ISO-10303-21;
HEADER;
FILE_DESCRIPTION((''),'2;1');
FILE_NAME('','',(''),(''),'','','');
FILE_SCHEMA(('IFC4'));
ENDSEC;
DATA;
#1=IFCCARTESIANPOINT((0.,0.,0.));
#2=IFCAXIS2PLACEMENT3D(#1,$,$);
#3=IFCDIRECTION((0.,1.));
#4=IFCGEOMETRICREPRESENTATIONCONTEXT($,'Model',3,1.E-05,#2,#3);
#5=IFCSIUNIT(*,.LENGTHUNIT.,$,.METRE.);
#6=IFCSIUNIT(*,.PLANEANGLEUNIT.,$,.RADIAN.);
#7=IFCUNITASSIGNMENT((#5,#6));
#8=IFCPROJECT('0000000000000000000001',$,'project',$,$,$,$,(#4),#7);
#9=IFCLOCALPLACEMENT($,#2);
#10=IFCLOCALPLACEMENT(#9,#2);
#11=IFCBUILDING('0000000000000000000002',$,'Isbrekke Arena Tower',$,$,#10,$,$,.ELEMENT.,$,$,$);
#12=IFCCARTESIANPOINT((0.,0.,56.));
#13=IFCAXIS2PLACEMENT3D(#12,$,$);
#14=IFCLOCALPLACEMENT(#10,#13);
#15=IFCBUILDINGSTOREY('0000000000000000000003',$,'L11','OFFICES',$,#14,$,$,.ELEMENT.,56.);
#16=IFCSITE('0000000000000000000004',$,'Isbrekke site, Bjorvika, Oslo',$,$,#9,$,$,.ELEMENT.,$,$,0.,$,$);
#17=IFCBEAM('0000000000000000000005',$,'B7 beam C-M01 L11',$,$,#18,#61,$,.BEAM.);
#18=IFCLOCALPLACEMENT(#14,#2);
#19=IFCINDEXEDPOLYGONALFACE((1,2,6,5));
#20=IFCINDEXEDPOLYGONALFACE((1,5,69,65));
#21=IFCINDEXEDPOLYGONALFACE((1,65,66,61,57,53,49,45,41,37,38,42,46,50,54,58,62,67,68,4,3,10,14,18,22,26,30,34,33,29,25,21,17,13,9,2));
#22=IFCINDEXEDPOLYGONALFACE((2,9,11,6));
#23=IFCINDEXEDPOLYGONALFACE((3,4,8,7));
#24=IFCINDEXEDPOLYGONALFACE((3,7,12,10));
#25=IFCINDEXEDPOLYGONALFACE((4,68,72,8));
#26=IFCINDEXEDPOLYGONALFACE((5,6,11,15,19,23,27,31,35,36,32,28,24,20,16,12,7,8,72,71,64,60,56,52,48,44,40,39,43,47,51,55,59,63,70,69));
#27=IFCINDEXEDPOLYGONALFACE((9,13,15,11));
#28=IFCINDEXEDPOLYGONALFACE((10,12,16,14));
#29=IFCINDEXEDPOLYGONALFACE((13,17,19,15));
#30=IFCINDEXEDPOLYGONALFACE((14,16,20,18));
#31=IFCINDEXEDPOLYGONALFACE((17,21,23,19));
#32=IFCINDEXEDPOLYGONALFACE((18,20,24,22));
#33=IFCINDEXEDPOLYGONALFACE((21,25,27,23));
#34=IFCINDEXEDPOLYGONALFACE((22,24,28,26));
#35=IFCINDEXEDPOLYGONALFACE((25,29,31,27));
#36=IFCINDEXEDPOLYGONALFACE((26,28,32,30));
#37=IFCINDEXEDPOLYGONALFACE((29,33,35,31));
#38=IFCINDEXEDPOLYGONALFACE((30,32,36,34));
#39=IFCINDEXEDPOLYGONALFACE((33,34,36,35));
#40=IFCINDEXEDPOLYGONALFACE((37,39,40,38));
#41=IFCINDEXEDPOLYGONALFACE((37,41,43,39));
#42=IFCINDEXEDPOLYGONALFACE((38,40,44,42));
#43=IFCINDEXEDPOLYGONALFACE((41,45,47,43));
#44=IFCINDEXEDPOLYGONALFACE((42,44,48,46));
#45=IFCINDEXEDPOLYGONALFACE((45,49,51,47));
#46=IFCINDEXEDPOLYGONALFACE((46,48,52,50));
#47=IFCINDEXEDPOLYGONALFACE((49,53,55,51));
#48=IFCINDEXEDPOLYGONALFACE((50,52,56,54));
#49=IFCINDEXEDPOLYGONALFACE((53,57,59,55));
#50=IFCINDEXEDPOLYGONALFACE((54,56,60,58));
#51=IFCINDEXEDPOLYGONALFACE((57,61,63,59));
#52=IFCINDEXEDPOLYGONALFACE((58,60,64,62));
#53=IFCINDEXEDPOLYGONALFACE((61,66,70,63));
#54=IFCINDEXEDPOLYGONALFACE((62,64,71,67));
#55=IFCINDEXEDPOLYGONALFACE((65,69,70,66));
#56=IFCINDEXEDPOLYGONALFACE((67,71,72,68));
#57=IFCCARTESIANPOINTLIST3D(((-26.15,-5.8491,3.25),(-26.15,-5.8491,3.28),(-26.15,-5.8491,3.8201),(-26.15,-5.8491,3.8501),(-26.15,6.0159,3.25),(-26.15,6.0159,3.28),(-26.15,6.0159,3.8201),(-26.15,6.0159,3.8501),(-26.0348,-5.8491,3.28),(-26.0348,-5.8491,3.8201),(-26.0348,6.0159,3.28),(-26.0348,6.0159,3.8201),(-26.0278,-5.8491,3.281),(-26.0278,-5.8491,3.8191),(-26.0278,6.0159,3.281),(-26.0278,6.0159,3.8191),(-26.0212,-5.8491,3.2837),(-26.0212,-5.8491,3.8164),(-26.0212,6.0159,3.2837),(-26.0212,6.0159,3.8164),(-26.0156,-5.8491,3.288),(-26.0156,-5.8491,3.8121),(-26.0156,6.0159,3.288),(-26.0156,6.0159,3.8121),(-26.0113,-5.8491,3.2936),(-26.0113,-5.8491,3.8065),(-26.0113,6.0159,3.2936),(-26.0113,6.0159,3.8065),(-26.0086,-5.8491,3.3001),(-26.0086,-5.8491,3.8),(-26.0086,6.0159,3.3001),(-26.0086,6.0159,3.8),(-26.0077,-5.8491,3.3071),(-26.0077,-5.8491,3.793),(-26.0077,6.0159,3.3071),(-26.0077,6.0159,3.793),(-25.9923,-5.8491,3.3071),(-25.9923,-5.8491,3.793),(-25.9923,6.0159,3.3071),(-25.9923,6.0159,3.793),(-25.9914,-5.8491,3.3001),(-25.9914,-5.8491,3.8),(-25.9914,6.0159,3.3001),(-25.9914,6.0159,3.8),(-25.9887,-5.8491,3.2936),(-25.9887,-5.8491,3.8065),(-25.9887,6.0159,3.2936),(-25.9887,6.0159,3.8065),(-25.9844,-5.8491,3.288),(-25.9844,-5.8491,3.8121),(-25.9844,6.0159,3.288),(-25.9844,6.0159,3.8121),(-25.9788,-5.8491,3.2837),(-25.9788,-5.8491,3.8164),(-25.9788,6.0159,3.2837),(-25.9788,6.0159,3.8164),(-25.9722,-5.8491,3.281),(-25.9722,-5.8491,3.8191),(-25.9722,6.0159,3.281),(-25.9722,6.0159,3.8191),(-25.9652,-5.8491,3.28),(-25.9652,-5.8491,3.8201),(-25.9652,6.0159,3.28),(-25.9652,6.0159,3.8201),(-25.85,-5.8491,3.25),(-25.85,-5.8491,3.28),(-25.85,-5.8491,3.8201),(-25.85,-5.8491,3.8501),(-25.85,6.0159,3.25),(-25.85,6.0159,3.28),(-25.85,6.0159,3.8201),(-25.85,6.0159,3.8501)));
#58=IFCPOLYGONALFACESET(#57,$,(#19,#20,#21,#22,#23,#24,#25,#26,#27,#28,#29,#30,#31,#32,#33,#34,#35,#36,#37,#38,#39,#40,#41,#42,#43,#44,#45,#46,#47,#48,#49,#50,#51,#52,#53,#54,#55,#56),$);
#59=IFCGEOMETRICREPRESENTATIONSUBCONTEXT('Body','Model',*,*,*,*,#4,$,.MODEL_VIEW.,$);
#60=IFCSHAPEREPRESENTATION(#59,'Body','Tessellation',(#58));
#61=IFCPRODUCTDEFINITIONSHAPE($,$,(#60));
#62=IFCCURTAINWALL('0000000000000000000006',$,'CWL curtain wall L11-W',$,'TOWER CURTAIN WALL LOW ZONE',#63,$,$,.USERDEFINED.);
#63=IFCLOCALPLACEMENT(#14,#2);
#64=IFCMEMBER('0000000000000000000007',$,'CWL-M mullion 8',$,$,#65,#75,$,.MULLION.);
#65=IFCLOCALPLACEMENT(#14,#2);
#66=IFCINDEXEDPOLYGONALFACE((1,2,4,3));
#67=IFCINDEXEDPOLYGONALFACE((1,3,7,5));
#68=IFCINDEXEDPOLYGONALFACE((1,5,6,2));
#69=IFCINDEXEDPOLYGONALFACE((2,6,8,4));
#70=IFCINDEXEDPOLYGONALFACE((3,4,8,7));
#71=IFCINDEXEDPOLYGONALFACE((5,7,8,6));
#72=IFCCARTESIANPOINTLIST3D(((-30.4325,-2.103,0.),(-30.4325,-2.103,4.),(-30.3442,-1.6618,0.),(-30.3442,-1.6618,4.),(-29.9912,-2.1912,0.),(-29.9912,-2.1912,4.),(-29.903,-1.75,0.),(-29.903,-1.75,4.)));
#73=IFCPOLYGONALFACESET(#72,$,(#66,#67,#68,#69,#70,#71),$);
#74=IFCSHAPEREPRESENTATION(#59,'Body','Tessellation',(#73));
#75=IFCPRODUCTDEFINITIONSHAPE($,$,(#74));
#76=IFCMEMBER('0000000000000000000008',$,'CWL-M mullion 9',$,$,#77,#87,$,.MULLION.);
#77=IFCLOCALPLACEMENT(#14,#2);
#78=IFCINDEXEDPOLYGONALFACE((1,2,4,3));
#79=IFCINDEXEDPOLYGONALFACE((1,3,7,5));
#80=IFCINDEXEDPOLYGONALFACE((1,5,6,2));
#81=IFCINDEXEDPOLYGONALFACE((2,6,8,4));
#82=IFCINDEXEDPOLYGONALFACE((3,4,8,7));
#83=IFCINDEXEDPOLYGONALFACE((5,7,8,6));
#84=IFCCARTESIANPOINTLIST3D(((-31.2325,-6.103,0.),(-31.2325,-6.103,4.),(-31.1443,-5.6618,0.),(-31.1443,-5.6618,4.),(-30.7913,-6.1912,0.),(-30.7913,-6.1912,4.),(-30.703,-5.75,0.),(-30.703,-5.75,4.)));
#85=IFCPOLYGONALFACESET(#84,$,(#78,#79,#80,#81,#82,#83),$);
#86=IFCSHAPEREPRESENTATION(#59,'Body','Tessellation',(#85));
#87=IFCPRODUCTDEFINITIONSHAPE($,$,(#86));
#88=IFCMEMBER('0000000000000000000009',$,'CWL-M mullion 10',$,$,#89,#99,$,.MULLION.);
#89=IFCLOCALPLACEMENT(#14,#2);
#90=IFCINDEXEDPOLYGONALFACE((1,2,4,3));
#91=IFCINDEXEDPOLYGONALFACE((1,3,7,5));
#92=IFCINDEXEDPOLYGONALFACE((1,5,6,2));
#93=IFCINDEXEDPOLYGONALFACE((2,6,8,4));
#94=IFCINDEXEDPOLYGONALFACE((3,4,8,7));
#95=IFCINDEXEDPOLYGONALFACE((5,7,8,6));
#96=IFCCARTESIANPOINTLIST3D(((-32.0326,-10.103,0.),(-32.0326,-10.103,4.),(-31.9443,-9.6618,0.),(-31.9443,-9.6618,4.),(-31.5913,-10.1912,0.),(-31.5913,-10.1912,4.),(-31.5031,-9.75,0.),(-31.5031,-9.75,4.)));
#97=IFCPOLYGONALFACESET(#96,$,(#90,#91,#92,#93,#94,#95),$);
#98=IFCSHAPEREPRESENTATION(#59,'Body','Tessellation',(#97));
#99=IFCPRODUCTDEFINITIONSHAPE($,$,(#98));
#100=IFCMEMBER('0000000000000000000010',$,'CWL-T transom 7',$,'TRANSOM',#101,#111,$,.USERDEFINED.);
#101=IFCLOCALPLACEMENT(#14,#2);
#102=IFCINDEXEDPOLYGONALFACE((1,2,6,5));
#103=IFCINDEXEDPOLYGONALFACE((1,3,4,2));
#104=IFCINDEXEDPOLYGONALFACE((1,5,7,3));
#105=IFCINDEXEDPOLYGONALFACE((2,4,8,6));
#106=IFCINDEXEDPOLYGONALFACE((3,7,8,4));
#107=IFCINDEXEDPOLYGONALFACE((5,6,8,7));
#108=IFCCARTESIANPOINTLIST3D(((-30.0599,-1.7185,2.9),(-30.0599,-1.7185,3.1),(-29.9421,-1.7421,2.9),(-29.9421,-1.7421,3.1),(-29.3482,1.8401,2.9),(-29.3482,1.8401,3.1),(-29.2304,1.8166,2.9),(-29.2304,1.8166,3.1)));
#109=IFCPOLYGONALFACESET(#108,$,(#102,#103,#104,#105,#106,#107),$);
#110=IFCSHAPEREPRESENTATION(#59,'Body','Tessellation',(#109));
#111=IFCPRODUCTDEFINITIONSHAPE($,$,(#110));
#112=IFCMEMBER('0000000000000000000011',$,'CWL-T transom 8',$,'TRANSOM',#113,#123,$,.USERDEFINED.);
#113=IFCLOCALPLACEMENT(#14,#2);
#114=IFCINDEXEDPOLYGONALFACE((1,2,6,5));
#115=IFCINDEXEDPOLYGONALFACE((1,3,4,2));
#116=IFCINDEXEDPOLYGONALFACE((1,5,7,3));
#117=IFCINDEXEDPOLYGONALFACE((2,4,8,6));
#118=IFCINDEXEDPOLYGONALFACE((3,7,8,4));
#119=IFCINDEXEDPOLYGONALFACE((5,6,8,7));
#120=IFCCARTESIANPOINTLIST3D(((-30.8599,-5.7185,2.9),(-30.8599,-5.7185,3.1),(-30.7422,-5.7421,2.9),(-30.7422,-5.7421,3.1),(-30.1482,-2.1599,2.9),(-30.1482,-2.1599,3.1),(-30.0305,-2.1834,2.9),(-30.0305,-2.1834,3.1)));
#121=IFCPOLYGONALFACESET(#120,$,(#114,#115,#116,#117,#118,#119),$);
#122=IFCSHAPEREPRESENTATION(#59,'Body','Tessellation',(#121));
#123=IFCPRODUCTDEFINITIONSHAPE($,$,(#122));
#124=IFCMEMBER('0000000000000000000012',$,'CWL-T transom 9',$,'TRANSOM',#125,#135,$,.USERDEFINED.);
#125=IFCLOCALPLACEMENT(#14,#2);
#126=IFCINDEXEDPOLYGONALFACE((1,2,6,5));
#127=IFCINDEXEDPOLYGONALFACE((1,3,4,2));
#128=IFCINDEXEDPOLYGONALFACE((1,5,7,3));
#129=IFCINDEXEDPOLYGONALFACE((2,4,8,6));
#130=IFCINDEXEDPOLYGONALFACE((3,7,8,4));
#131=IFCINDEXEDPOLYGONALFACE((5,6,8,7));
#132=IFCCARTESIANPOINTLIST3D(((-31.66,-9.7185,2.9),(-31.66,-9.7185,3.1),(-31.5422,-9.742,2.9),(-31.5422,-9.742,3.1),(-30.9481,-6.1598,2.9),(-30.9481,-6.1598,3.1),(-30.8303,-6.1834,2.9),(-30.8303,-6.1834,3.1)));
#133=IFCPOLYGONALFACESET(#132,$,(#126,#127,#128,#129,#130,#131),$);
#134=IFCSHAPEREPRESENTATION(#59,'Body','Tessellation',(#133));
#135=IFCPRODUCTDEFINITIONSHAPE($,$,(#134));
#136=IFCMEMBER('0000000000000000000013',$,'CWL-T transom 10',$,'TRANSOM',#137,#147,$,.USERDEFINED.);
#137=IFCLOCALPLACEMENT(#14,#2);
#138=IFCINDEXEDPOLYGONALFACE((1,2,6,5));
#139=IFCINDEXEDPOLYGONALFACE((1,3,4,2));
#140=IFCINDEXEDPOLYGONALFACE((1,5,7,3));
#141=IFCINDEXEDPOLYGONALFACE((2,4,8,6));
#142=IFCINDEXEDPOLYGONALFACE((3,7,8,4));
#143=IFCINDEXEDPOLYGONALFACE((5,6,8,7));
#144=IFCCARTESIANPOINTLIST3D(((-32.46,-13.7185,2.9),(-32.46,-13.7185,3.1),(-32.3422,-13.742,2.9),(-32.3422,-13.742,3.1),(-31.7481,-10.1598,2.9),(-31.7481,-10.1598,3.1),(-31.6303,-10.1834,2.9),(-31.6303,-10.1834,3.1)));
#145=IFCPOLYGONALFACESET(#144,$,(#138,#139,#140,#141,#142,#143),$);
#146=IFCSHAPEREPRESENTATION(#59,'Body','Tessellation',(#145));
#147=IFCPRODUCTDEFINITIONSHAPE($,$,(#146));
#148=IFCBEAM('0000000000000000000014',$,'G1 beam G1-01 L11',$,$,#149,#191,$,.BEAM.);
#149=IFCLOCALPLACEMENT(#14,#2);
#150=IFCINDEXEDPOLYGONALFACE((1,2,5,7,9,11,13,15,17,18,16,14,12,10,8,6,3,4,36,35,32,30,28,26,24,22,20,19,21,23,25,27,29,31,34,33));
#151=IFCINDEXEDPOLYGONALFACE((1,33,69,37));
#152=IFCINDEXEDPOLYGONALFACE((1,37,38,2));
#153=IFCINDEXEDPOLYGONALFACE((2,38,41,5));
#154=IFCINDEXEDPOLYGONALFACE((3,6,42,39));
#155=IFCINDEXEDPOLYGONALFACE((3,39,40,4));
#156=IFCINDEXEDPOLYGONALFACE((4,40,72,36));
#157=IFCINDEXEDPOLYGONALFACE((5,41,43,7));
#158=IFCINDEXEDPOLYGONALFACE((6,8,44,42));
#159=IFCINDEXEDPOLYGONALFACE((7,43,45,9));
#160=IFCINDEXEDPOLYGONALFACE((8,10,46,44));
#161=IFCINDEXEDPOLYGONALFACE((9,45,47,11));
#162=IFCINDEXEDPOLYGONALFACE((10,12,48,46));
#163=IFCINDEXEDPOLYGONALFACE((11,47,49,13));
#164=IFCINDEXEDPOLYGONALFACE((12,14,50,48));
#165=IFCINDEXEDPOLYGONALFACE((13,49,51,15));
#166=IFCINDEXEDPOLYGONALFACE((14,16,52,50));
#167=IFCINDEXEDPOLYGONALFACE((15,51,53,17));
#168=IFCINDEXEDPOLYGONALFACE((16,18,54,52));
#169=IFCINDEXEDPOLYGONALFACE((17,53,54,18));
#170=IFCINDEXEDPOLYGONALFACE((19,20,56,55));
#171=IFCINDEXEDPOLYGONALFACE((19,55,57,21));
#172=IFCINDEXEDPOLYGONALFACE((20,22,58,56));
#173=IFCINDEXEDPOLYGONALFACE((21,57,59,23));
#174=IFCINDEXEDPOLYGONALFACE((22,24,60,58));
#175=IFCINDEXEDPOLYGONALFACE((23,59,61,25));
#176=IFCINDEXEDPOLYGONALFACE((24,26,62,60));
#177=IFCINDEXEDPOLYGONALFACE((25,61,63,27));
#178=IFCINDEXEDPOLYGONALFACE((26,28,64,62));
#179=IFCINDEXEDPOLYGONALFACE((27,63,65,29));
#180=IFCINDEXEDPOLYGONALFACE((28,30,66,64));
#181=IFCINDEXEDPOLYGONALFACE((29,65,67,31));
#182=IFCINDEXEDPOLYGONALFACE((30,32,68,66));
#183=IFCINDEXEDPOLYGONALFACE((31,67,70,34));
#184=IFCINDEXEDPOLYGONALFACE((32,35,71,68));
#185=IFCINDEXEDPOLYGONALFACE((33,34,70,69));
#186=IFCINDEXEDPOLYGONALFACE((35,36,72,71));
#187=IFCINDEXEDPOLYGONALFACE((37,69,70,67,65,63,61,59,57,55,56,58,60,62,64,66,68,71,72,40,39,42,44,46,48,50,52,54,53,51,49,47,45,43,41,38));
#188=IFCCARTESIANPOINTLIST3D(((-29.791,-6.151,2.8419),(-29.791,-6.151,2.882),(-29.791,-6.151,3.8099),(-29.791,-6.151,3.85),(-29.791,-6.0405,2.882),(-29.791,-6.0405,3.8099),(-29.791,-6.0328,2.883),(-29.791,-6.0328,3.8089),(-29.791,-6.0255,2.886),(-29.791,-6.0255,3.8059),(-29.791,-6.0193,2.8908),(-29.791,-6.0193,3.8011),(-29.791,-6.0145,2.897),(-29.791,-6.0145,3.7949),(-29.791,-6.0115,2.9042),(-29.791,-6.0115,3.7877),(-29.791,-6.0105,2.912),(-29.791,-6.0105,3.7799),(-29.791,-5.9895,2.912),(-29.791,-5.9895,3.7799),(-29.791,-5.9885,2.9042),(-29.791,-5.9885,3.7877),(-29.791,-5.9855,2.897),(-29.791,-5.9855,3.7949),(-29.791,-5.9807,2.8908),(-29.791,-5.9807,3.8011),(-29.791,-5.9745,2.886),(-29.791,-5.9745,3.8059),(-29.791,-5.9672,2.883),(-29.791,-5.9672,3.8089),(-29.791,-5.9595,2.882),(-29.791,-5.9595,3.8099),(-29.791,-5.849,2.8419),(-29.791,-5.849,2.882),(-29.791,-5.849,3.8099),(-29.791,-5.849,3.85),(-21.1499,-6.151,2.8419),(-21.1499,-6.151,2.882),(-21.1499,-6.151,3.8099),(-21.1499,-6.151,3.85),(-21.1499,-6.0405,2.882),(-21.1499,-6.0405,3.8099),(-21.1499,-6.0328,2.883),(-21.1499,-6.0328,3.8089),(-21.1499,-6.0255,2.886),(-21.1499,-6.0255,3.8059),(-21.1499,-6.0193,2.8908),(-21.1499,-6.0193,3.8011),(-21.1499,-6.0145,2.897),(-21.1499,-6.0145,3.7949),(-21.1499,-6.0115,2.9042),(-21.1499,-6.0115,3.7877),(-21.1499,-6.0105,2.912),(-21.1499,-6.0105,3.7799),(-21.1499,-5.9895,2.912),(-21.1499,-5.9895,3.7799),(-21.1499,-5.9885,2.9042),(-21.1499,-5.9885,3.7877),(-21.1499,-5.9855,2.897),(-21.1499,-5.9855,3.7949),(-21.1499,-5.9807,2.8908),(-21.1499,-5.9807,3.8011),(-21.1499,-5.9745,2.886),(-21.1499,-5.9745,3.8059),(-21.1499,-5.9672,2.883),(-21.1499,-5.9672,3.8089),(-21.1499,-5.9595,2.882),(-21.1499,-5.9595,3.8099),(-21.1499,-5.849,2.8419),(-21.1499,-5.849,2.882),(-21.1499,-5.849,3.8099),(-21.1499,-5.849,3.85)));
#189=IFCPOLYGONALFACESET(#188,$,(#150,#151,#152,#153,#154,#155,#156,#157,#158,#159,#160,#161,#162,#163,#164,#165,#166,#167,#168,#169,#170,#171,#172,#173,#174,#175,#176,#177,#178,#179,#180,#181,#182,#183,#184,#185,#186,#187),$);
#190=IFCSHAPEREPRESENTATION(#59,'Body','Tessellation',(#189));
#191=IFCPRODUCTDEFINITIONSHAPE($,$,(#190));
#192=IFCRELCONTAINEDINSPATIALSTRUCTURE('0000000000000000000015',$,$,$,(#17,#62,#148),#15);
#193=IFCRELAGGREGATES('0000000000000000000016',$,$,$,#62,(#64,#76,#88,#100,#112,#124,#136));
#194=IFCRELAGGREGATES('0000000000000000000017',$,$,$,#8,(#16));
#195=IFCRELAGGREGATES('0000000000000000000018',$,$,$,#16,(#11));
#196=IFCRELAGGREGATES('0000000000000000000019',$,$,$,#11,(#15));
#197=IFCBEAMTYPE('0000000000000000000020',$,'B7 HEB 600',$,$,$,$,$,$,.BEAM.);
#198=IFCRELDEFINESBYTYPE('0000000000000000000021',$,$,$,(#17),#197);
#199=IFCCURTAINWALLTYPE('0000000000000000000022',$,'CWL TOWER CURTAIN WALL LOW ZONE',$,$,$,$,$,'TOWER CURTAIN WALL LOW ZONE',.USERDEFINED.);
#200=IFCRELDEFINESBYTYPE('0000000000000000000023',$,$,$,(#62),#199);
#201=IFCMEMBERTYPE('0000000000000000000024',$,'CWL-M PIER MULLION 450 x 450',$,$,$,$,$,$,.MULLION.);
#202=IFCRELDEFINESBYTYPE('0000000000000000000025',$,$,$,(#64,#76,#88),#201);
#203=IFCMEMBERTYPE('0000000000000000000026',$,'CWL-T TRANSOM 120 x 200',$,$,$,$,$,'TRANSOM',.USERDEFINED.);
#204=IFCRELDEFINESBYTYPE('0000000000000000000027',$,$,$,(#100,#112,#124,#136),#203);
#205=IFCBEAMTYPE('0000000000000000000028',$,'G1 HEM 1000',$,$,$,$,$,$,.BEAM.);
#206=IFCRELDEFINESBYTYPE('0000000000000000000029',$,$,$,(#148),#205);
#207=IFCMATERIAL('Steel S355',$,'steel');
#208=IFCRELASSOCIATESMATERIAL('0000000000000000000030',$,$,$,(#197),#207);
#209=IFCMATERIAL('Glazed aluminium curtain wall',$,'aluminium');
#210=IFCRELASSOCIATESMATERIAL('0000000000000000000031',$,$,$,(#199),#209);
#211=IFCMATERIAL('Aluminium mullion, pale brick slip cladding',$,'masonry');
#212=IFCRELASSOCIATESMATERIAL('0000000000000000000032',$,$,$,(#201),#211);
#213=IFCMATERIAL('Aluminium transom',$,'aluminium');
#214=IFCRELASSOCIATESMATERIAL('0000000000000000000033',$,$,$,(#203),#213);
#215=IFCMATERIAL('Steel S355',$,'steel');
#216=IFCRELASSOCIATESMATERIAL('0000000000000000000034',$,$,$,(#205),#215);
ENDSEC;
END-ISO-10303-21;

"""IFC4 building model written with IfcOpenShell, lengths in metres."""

from ifc_helpers import new_model, si_unit, direction, frame, origin, origin_2d, place, context, subcontext, project, spatial, rectangle, i_section, extrude, material, material_profile, profile_set, type_object, element, aggregate, save


model = new_model("IFC4")

# Units and contexts
model_context = context("Model", 3, precision=1e-05, world=origin(), true_north=direction((0.0, 1.0)))
body_context = subcontext(model_context, "Body", "Model", "MODEL_VIEW")
ifc_project = project(units=[si_unit("LENGTHUNIT", "METRE"), si_unit("PLANEANGLEUNIT", "RADIAN")], contexts=[model_context])

# Site, building, storey
site_placement = place(None, origin())
site = spatial("IfcSite", under=ifc_project, at=site_placement, Name="Isbrekke site, Bjorvika, Oslo", CompositionType="ELEMENT", RefElevation=0.0)
building_placement = place(site_placement, origin())
building = spatial("IfcBuilding", under=site, at=building_placement, Name="Isbrekke Arena Tower", CompositionType="ELEMENT")
storey_placement = place(building_placement, frame((0.0, 0.0, 56.0)))
storey = spatial("IfcBuildingStorey", under=building, at=storey_placement, Name="L11", Description="OFFICES", CompositionType="ELEMENT", Elevation=56.0)

# Beam
ifc_material_1 = material(Name="Steel S355", Category="steel")
ifc_material_profile_1 = material_profile(ifc_material_1, i_section(OverallWidth=0.3, OverallDepth=0.6001, WebThickness=0.0154, FlangeThickness=0.03, FilletRadius=0.0271, at=origin_2d()), Name="HEB 600")
ifc_profile_set_1 = profile_set([ifc_material_profile_1], Name="Steel S355")
beam_type_1 = type_object("IfcBeamType", Name="B7 HEB 600", PredefinedType="BEAM", material=ifc_profile_set_1)
beam_1_placement = place(storey_placement, frame((-26.0, -5.8491, 3.55), z_axis=(0.0, 1.0, 0.0), x_axis=(-1.0, 0.0, 0.0)))
element("IfcBeam", 1, at=beam_1_placement, inside=storey, type_object=beam_type_1, Name="B7 beam C-M01 L11", PredefinedType="BEAM", context=body_context, shape_type="SweptSolid", body=[
    extrude(i_section(OverallWidth=0.3, OverallDepth=0.6001, WebThickness=0.0154, FlangeThickness=0.03, FilletRadius=0.0271, at=origin_2d()), origin(), (0.0, 0.0, 1.0), 11.865),
])

# Curtain wall, members
ifc_material_2 = material(Name="Glazed aluminium curtain wall", Category="aluminium")
curtain_wall_type = type_object("IfcCurtainWallType", Name="CWL TOWER CURTAIN WALL LOW ZONE", ElementType="TOWER CURTAIN WALL LOW ZONE", PredefinedType="USERDEFINED", material=ifc_material_2)
curtain_wall_placement = place(storey_placement, origin())
curtain_wall = element("IfcCurtainWall", 2, at=curtain_wall_placement, inside=storey, type_object=curtain_wall_type, Name="CWL curtain wall L11-W", ObjectType="TOWER CURTAIN WALL LOW ZONE", PredefinedType="USERDEFINED")
ifc_material_3 = material(Name="Aluminium mullion, pale brick slip cladding", Category="masonry")
ifc_material_profile_2 = material_profile(ifc_material_3, rectangle(XDim=0.45, YDim=0.45, at=origin_2d()), Name="PIER 450X450")
ifc_profile_set_2 = profile_set([ifc_material_profile_2], Name="Aluminium mullion, pale brick slip cladding")
member_type_1 = type_object("IfcMemberType", Name="CWL-M PIER MULLION 450 x 450", PredefinedType="MULLION", material=ifc_profile_set_2)
member_1_placement = place(storey_placement, frame((-30.1677, -1.9265, 0.0), z_axis=(0.0, 0.0, 1.0), x_axis=(-0.196116, -0.980581, 0.0)))
member_1 = element("IfcMember", 3, at=member_1_placement, type_object=member_type_1, Name="CWL-M mullion 8", PredefinedType="MULLION", context=body_context, shape_type="SweptSolid", body=[
    extrude(rectangle(XDim=0.45, YDim=0.45, at=origin_2d()), origin(), (0.0, 0.0, 1.0), 4.0),
])
member_2_placement = place(storey_placement, frame((-30.9678, -5.9265, 0.0), z_axis=(0.0, 0.0, 1.0), x_axis=(-0.196116, -0.980581, 0.0)))
member_2 = element("IfcMember", 4, at=member_2_placement, type_object=member_type_1, Name="CWL-M mullion 9", PredefinedType="MULLION", context=body_context, shape_type="SweptSolid", body=[
    extrude(rectangle(XDim=0.45, YDim=0.45, at=origin_2d()), origin(), (0.0, 0.0, 1.0), 4.0),
])
member_3_placement = place(storey_placement, frame((-31.7678, -9.9265, 0.0), z_axis=(0.0, 0.0, 1.0), x_axis=(-0.196116, -0.980581, 0.0)))
member_3 = element("IfcMember", 5, at=member_3_placement, type_object=member_type_1, Name="CWL-M mullion 10", PredefinedType="MULLION", context=body_context, shape_type="SweptSolid", body=[
    extrude(rectangle(XDim=0.45, YDim=0.45, at=origin_2d()), origin(), (0.0, 0.0, 1.0), 4.0),
])
ifc_material_4 = material(Name="Aluminium transom", Category="aluminium")
ifc_material_profile_3 = material_profile(ifc_material_4, rectangle(XDim=0.1201, YDim=0.2, at=origin_2d()), Name="TRANSOM 120X200")
ifc_profile_set_3 = profile_set([ifc_material_profile_3], Name="Aluminium transom")
member_type_2 = type_object("IfcMemberType", Name="CWL-T TRANSOM 120 x 200", ElementType="TRANSOM", PredefinedType="USERDEFINED", material=ifc_profile_set_3)
member_4_placement = place(storey_placement, frame((-29.2893, 1.8284, 3.0), z_axis=(-0.196103, -0.980583, 0.0), x_axis=(0.980583, -0.196103, 0.0)))
member_4 = element("IfcMember", 6, at=member_4_placement, type_object=member_type_2, Name="CWL-T transom 7", ObjectType="TRANSOM", PredefinedType="USERDEFINED", context=body_context, shape_type="SweptSolid", body=[
    extrude(rectangle(XDim=0.1201, YDim=0.2, at=origin_2d()), origin(), (0.0, 0.0, 1.0), 3.6292),
])
member_5_placement = place(storey_placement, frame((-30.0894, -2.1716, 3.0), z_axis=(-0.196103, -0.980583, 0.0), x_axis=(0.980583, -0.196103, 0.0)))
member_5 = element("IfcMember", 7, at=member_5_placement, type_object=member_type_2, Name="CWL-T transom 8", ObjectType="TRANSOM", PredefinedType="USERDEFINED", context=body_context, shape_type="SweptSolid", body=[
    extrude(rectangle(XDim=0.1201, YDim=0.2, at=origin_2d()), origin(), (0.0, 0.0, 1.0), 3.6292),
])
member_6_placement = place(storey_placement, frame((-30.8892, -6.1716, 3.0), z_axis=(-0.196168, -0.98057, 0.0), x_axis=(0.98057, -0.196168, 0.0)))
member_6 = element("IfcMember", 8, at=member_6_placement, type_object=member_type_2, Name="CWL-T transom 9", ObjectType="TRANSOM", PredefinedType="USERDEFINED", context=body_context, shape_type="SweptSolid", body=[
    extrude(rectangle(XDim=0.1201, YDim=0.2, at=origin_2d()), origin(), (0.0, 0.0, 1.0), 3.6292),
])
member_7_placement = place(storey_placement, frame((-31.6892, -10.1716, 3.0), z_axis=(-0.196168, -0.98057, 0.0), x_axis=(0.98057, -0.196168, 0.0)))
member_7 = element("IfcMember", 9, at=member_7_placement, type_object=member_type_2, Name="CWL-T transom 10", ObjectType="TRANSOM", PredefinedType="USERDEFINED", context=body_context, shape_type="SweptSolid", body=[
    extrude(rectangle(XDim=0.1201, YDim=0.2, at=origin_2d()), origin(), (0.0, 0.0, 1.0), 3.6292),
])

# Beam
ifc_material_5 = material(Name="Steel S355", Category="steel")
ifc_material_profile_4 = material_profile(ifc_material_5, i_section(OverallWidth=0.302, OverallDepth=1.0081, WebThickness=0.021, FlangeThickness=0.04, FilletRadius=0.03, at=origin_2d()), Name="HEM 1000")
ifc_profile_set_4 = profile_set([ifc_material_profile_4], Name="Steel S355")
beam_type_2 = type_object("IfcBeamType", Name="G1 HEM 1000", PredefinedType="BEAM", material=ifc_profile_set_4)
beam_2_placement = place(storey_placement, frame((-29.791, -6.0, 3.3459), z_axis=(1.0, 0.0, 0.0), x_axis=(0.0, 1.0, 0.0)))
element("IfcBeam", 10, at=beam_2_placement, inside=storey, type_object=beam_type_2, Name="G1 beam G1-01 L11", PredefinedType="BEAM", context=body_context, shape_type="SweptSolid", body=[
    extrude(i_section(OverallWidth=0.302, OverallDepth=1.0081, WebThickness=0.021, FlangeThickness=0.04, FilletRadius=0.03, at=origin_2d()), origin(), (0.0, 0.0, 1.0), 8.6411),
])

aggregate(curtain_wall, [member_1, member_2, member_3, member_4, member_5, member_6, member_7])

save(model, "model.ifc")
